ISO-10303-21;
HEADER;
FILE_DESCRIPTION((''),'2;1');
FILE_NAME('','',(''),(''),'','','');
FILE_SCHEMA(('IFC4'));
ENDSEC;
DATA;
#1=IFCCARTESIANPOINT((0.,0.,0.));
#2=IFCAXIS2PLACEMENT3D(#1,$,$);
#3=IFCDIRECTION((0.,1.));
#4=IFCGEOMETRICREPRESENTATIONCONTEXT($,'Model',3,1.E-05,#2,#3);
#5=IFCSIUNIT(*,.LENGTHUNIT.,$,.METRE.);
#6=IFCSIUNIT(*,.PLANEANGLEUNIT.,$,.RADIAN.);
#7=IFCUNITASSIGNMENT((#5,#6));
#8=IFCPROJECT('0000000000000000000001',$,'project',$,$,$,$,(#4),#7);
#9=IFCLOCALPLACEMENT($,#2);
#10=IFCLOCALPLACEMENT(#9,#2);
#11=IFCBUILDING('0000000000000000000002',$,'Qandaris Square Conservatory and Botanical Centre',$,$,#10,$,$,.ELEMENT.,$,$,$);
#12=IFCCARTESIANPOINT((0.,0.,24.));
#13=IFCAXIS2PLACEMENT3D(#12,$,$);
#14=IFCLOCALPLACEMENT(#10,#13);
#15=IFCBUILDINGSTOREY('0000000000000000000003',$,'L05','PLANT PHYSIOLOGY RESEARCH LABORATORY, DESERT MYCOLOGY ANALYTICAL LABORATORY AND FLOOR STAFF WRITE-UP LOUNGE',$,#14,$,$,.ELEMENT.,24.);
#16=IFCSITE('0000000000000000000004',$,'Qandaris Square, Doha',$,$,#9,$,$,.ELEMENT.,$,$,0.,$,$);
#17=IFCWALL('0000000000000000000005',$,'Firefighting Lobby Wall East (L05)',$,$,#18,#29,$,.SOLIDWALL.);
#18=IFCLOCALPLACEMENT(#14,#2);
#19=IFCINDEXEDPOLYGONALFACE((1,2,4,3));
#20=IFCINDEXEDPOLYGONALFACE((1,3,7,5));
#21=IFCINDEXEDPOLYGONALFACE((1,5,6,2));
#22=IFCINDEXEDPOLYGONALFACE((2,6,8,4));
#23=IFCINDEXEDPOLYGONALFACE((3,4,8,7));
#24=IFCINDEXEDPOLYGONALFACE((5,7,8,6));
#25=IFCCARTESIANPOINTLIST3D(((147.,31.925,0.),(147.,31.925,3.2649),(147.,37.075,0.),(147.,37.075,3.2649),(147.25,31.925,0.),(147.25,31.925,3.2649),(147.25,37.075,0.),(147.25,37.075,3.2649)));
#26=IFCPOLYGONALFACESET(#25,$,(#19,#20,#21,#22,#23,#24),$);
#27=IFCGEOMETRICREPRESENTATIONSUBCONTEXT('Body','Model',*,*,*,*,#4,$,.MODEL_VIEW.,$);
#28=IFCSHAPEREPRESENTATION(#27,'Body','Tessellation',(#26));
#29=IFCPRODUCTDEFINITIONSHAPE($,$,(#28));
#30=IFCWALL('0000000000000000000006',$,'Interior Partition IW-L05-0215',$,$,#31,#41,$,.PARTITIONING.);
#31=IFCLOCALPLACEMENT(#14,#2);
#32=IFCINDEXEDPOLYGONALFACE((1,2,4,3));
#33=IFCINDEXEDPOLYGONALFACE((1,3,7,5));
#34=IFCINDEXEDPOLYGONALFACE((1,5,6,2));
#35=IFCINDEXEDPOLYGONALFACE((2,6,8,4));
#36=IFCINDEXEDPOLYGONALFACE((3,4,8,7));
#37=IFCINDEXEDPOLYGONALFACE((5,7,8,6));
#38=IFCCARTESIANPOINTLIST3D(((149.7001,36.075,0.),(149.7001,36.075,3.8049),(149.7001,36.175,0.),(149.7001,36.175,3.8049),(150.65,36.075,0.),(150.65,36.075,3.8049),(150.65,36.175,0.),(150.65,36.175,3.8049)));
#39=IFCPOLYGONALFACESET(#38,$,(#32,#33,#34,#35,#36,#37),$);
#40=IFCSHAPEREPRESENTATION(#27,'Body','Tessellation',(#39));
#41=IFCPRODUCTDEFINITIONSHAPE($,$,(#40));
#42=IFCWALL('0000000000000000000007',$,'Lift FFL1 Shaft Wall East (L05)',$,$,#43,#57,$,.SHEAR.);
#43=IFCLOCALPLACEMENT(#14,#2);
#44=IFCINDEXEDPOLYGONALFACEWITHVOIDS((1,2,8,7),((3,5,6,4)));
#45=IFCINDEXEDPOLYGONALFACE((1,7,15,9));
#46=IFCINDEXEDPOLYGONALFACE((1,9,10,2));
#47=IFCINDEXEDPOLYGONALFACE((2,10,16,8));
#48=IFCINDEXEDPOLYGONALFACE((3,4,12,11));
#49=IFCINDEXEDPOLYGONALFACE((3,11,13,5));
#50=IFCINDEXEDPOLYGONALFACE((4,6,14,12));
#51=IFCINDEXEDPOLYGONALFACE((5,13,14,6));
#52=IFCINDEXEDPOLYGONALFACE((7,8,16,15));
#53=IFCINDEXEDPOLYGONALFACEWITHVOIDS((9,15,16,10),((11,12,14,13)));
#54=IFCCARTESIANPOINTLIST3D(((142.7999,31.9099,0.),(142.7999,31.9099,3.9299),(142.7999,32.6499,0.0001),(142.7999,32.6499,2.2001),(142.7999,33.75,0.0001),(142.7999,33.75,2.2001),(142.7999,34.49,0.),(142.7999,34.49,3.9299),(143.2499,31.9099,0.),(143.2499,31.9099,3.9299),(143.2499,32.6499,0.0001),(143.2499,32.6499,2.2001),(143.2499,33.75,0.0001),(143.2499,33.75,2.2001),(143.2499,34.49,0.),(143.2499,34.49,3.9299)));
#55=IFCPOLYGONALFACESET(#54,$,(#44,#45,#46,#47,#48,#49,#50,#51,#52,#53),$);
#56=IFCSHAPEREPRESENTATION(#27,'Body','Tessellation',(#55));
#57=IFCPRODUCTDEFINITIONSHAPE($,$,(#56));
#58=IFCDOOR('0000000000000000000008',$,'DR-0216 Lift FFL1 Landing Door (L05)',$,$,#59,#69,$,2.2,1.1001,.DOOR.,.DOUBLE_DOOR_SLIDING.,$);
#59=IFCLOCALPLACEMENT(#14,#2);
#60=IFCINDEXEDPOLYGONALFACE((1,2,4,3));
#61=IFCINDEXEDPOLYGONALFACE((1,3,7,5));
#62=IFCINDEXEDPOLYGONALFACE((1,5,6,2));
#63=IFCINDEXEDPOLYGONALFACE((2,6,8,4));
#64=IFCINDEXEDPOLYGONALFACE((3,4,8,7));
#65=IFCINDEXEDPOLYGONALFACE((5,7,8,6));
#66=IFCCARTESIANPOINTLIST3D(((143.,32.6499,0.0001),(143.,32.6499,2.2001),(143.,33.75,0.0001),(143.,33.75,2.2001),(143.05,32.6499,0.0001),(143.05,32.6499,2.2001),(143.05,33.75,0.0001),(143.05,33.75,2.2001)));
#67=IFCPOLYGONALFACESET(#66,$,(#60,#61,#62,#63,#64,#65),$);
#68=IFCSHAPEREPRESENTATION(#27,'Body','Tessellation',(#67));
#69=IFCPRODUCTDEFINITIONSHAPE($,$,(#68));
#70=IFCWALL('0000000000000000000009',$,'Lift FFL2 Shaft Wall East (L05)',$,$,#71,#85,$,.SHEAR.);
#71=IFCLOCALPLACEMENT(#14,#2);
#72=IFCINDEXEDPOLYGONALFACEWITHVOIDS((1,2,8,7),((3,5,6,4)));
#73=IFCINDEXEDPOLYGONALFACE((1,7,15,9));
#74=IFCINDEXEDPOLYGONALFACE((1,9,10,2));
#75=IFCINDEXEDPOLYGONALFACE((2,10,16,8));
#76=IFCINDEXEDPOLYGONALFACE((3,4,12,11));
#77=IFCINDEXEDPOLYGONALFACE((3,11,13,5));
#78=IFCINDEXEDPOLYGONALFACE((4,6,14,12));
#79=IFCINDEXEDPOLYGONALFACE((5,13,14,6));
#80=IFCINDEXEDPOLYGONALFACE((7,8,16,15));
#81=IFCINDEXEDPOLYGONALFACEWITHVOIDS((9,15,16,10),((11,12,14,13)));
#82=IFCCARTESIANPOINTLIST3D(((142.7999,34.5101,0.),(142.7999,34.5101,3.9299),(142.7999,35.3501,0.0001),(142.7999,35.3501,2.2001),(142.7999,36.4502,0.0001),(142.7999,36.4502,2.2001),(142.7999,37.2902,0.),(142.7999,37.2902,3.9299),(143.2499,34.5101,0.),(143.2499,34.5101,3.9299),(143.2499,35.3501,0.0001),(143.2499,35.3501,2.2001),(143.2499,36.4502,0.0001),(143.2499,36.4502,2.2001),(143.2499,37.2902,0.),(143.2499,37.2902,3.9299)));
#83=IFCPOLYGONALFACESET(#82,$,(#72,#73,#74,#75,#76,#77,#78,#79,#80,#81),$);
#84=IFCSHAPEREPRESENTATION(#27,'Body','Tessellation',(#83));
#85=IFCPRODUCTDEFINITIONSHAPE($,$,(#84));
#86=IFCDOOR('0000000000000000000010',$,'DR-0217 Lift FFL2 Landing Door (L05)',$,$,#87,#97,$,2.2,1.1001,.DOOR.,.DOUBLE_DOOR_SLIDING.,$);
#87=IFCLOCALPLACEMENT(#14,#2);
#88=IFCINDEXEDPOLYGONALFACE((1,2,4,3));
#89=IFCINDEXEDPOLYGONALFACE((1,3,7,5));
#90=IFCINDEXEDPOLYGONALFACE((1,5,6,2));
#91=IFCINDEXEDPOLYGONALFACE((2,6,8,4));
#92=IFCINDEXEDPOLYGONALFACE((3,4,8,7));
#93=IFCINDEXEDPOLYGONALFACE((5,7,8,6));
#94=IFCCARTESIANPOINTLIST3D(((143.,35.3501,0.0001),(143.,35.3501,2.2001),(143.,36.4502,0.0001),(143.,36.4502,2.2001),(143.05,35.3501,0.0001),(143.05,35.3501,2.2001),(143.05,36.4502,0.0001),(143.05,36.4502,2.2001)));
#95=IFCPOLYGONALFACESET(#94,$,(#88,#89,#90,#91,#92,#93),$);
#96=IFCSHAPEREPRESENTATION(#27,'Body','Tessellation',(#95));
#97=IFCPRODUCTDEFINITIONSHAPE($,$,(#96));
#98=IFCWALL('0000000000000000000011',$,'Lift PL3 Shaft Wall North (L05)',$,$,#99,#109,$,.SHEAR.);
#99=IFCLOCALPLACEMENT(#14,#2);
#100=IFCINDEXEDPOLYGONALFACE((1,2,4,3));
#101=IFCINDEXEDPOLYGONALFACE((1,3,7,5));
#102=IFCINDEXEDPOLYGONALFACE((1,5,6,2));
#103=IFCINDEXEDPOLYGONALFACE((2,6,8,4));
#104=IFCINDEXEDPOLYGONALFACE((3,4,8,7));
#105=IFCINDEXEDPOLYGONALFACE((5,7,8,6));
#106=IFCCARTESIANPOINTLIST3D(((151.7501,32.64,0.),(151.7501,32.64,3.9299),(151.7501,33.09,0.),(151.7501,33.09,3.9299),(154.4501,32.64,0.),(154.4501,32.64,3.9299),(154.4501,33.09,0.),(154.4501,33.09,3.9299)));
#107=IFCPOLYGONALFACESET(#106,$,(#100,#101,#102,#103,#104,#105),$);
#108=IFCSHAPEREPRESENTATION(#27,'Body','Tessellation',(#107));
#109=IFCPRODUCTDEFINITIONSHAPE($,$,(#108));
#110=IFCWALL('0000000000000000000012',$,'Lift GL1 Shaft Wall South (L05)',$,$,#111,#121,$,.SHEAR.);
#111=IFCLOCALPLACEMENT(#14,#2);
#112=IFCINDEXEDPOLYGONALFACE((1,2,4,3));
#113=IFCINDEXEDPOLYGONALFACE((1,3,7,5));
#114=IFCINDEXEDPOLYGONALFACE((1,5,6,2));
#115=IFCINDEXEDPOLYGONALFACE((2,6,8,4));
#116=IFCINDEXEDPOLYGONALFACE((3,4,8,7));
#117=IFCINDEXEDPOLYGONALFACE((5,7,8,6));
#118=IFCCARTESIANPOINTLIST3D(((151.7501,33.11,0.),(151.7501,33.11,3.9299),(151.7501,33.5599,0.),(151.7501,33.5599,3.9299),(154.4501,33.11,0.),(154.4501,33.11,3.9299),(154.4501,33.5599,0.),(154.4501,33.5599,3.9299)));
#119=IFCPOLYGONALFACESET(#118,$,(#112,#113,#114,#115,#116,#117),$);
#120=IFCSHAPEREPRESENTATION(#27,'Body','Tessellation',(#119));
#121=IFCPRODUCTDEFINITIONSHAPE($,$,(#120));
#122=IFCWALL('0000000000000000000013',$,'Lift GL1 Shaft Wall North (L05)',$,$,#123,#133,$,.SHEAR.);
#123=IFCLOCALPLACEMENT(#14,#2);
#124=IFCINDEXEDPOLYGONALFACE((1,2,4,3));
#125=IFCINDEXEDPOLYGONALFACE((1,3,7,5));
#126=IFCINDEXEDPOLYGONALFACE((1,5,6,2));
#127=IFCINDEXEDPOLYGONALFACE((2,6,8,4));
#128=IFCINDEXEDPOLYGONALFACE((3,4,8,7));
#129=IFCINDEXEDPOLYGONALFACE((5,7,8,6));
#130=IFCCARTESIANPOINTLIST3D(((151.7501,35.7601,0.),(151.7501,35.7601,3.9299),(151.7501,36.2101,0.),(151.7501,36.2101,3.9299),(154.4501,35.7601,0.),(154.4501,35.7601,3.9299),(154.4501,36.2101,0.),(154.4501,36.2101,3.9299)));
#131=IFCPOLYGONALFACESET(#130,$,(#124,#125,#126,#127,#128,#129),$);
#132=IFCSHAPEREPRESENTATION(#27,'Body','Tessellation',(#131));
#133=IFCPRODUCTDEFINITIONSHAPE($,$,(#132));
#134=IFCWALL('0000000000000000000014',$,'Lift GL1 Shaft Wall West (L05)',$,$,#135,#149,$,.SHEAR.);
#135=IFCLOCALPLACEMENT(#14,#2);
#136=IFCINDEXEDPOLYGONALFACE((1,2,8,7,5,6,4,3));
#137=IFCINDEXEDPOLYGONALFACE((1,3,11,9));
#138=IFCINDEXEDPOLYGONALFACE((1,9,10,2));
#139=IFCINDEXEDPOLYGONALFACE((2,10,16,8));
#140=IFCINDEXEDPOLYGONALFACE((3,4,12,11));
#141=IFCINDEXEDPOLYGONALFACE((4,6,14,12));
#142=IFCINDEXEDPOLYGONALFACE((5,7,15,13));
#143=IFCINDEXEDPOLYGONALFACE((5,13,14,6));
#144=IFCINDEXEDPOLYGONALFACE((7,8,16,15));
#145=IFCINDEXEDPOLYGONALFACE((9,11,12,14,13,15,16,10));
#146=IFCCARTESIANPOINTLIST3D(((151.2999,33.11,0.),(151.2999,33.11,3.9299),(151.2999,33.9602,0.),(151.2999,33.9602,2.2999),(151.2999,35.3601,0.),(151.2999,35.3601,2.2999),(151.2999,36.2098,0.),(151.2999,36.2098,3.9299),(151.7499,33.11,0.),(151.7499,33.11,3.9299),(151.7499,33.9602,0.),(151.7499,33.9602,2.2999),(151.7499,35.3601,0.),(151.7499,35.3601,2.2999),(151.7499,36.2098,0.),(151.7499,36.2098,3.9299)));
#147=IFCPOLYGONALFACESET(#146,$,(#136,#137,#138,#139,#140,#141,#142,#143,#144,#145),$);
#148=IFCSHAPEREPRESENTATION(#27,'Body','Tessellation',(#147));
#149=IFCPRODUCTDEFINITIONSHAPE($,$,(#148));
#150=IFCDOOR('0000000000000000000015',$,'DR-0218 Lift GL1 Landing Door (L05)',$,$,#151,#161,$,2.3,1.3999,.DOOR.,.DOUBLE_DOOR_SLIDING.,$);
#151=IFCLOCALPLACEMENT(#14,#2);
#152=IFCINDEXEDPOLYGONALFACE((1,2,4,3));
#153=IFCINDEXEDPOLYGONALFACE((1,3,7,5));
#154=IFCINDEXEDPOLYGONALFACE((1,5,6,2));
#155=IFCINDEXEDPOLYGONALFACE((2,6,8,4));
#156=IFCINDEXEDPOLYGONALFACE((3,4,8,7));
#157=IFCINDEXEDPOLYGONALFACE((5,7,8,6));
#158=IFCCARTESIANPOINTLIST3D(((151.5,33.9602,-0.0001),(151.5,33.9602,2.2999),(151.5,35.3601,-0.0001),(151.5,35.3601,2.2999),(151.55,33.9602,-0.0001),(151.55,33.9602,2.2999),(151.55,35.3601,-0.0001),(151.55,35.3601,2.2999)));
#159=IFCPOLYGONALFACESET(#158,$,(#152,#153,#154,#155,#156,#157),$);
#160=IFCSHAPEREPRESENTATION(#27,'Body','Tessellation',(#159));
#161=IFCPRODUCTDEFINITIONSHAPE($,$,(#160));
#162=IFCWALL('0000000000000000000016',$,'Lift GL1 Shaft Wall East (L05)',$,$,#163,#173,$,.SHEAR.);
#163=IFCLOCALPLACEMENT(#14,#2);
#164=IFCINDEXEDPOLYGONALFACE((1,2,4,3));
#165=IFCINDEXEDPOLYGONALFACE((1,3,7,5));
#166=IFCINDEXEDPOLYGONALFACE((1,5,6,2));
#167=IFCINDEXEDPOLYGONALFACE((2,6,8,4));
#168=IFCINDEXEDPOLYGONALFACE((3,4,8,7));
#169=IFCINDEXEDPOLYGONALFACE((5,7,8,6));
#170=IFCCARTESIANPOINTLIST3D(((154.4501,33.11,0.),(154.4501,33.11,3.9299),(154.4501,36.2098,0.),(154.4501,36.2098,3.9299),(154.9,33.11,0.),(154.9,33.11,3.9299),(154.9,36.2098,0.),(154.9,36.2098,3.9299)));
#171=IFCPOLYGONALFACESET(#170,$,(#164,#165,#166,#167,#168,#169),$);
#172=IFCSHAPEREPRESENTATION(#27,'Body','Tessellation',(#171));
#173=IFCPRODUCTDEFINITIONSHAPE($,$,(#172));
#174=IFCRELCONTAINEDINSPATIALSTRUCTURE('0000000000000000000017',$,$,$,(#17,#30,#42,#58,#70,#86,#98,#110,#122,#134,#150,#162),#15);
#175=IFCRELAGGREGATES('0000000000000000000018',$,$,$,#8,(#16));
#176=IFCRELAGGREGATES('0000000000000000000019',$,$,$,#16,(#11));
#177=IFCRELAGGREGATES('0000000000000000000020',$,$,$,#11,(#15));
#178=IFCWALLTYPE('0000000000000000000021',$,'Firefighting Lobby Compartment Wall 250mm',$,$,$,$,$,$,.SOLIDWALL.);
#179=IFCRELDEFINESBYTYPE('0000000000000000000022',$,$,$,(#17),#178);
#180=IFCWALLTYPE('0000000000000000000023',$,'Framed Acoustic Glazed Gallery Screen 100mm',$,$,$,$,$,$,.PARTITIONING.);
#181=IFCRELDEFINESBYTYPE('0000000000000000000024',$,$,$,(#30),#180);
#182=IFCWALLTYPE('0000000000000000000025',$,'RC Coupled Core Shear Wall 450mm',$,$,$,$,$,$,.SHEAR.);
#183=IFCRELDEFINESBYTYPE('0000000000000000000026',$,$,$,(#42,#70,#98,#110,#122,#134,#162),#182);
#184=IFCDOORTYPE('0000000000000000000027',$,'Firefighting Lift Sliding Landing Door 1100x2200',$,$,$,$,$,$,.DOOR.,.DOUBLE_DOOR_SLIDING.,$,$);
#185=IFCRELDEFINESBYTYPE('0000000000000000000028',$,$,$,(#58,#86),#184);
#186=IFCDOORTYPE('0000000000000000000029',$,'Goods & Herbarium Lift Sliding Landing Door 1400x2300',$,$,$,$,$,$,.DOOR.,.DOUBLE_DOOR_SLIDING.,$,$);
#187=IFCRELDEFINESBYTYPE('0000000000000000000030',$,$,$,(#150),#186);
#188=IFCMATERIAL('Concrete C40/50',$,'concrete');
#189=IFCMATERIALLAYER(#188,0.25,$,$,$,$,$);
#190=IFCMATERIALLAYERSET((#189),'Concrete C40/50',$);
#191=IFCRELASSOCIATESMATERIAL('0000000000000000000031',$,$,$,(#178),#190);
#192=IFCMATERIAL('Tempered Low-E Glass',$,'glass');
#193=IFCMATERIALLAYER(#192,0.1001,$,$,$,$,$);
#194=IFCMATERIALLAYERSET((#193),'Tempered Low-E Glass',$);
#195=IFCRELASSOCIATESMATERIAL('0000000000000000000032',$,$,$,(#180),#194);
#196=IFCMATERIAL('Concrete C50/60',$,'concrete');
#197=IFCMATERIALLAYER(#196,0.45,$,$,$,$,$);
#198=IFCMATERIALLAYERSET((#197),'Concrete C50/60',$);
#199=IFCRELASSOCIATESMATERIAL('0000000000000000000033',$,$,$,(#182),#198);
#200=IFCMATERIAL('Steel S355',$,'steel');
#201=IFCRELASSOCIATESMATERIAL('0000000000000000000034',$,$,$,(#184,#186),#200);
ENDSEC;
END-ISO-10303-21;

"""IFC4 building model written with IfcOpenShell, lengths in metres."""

from ifc_helpers import new_model, si_unit, direction, frame, frame_2d, origin, place, context, subcontext, project, spatial, rectangle, extrude, material, layer, layer_set, type_object, element, fill, save


model = new_model("IFC4")

# Units and contexts
model_context = context("Model", 3, precision=1e-05, world=origin(), true_north=direction((0.0, 1.0)))
body_context = subcontext(model_context, "Body", "Model", "MODEL_VIEW")
ifc_project = project(units=[si_unit("LENGTHUNIT", "METRE"), si_unit("PLANEANGLEUNIT", "RADIAN")], contexts=[model_context])

# Site, building, storey
site_placement = place(None, origin())
site = spatial("IfcSite", under=ifc_project, at=site_placement, Name="Qandaris Square, Doha", CompositionType="ELEMENT", RefElevation=0.0)
building_placement = place(site_placement, origin())
building = spatial("IfcBuilding", under=site, at=building_placement, Name="Qandaris Square Conservatory and Botanical Centre", CompositionType="ELEMENT")
storey_placement = place(building_placement, frame((0.0, 0.0, 24.0)))
storey = spatial("IfcBuildingStorey", under=building, at=storey_placement, Name="L05", Description="PLANT PHYSIOLOGY RESEARCH LABORATORY, DESERT MYCOLOGY ANALYTICAL LABORATORY AND FLOOR STAFF WRITE-UP LOUNGE", CompositionType="ELEMENT", Elevation=24.0)

# Shared definitions
ifc_material_1 = material(Name="Concrete C50/60", Category="concrete")

# Shared definitions
ifc_material_2 = material(Name="Steel S355", Category="steel")

# Shared definitions
ifc_material_3 = material(Name="Concrete C40/50", Category="concrete")
ifc_layer_1 = layer(ifc_material_3, 0.25)
ifc_layer_set_1 = layer_set([ifc_layer_1], Name="Concrete C40/50")
wall_type_1 = type_object("IfcWallType", Name="Firefighting Lobby Compartment Wall 250mm", PredefinedType="SOLIDWALL", material=ifc_layer_set_1)

# Walls
wall_1_placement = place(storey_placement, frame((147.125, 31.925, 0.0), z_axis=(0.0, 0.0, 1.0), x_axis=(0.0, 1.0, 0.0)))
element("IfcWall", 1, at=wall_1_placement, inside=storey, type_object=wall_type_1, Name="Firefighting Lobby Wall East (L05)", PredefinedType="SOLIDWALL", context=body_context, shape_type="SweptSolid", body=[
    extrude(rectangle(XDim=5.1499, YDim=0.25, at=frame_2d((2.575, 0.0))), origin(), (0.0, 0.0, 1.0), 3.2649),
])
ifc_material_4 = material(Name="Tempered Low-E Glass", Category="glass")
ifc_layer_2 = layer(ifc_material_4, 0.1001)
ifc_layer_set_2 = layer_set([ifc_layer_2], Name="Tempered Low-E Glass")
wall_type_2 = type_object("IfcWallType", Name="Framed Acoustic Glazed Gallery Screen 100mm", PredefinedType="PARTITIONING", material=ifc_layer_set_2)
wall_2_placement = place(storey_placement, frame((149.7, 36.125, 0.0), z_axis=(0.0, 0.0, 1.0), x_axis=(1.0, 0.0, 0.0)))
element("IfcWall", 2, at=wall_2_placement, inside=storey, type_object=wall_type_2, Name="Interior Partition IW-L05-0215", PredefinedType="PARTITIONING", context=body_context, shape_type="SweptSolid", body=[
    extrude(rectangle(XDim=0.95, YDim=0.1001, at=frame_2d((0.4751, 0.0))), origin(), (0.0, 0.0, 1.0), 3.8049),
])

# Walls, openings, doors
ifc_layer_3 = layer(ifc_material_1, 0.45)
ifc_layer_set_3 = layer_set([ifc_layer_3], Name="Concrete C50/60")
wall_type_3 = type_object("IfcWallType", Name="RC Coupled Core Shear Wall 450mm", PredefinedType="SHEAR", material=ifc_layer_set_3)
wall_3_placement = place(storey_placement, frame((143.0249, 31.9099, 0.0), z_axis=(0.0, 0.0, 1.0), x_axis=(0.0, 1.0, 0.0)))
wall_3 = element("IfcWall", 3, at=wall_3_placement, inside=storey, type_object=wall_type_3, Name="Lift FFL1 Shaft Wall East (L05)", PredefinedType="SHEAR", context=body_context, shape_type="SweptSolid", body=[
    extrude(rectangle(XDim=2.5801, YDim=0.45, at=frame_2d((1.29, 0.0))), origin(), (0.0, 0.0, 1.0), 3.9299),
])
opening_1_placement = place(wall_3_placement, frame((0.74, 0.0, 0.0)))
opening_1 = element("IfcOpeningElement", 4, at=opening_1_placement, cuts=wall_3, PredefinedType="OPENING", context=body_context, shape_type="SweptSolid", body=[
    extrude(rectangle(XDim=1.1001, YDim=2.2, at=frame_2d((0.55, 1.1001))), frame((0.0, 0.2368, 0.0), z_axis=(0.0, -1.0, 0.0), x_axis=(1.0, 0.0, 0.0)), (0.0, 0.0, 1.0), 0.4739),
])
door_type_1 = type_object("IfcDoorType", Name="Firefighting Lift Sliding Landing Door 1100x2200", OperationType="DOUBLE_DOOR_SLIDING", PredefinedType="DOOR", material=ifc_material_2)
door_1_placement = place(opening_1_placement, origin())
door_1 = element("IfcDoor", 5, at=door_1_placement, inside=storey, type_object=door_type_1, Name="DR-0216 Lift FFL1 Landing Door (L05)", OperationType="DOUBLE_DOOR_SLIDING", OverallHeight=2.2, OverallWidth=1.1001, PredefinedType="DOOR", context=body_context, shape_type="SweptSolid", body=[
    extrude(rectangle(XDim=1.1001, YDim=2.2, at=frame_2d((0.55, 1.1001))), frame((0.0, 0.0249, 0.0), z_axis=(0.0, -1.0, 0.0), x_axis=(1.0, 0.0, 0.0)), (0.0, 0.0, 1.0), 0.05),
])
fill(opening_1, door_1)
wall_4_placement = place(storey_placement, frame((143.0249, 34.51, 0.0), z_axis=(0.0, 0.0, 1.0), x_axis=(0.0, 1.0, 0.0)))
wall_4 = element("IfcWall", 6, at=wall_4_placement, inside=storey, type_object=wall_type_3, Name="Lift FFL2 Shaft Wall East (L05)", PredefinedType="SHEAR", context=body_context, shape_type="SweptSolid", body=[
    extrude(rectangle(XDim=2.78, YDim=0.45, at=frame_2d((1.3901, 0.0))), origin(), (0.0, 0.0, 1.0), 3.9299),
])
opening_2_placement = place(wall_4_placement, frame((0.8401, 0.0, 0.0)))
opening_2 = element("IfcOpeningElement", 7, at=opening_2_placement, cuts=wall_4, PredefinedType="OPENING", context=body_context, shape_type="SweptSolid", body=[
    extrude(rectangle(XDim=1.1001, YDim=2.2, at=frame_2d((0.55, 1.1001))), frame((0.0, 0.2368, 0.0), z_axis=(0.0, -1.0, 0.0), x_axis=(1.0, 0.0, 0.0)), (0.0, 0.0, 1.0), 0.4739),
])
door_2_placement = place(opening_2_placement, origin())
door_2 = element("IfcDoor", 8, at=door_2_placement, inside=storey, type_object=door_type_1, Name="DR-0217 Lift FFL2 Landing Door (L05)", OperationType="DOUBLE_DOOR_SLIDING", OverallHeight=2.2, OverallWidth=1.1001, PredefinedType="DOOR", context=body_context, shape_type="SweptSolid", body=[
    extrude(rectangle(XDim=1.1001, YDim=2.2, at=frame_2d((0.55, 1.1001))), frame((0.0, 0.0249, 0.0), z_axis=(0.0, -1.0, 0.0), x_axis=(1.0, 0.0, 0.0)), (0.0, 0.0, 1.0), 0.05),
])
fill(opening_2, door_2)

# Walls
for number, where, z_axis, x_axis, name in (
    (9, (151.75, 32.865, 0.0), (0.0, 0.0, 1.0), (1.0, 0.0, 0.0), "Lift PL3 Shaft Wall North (L05)"),
    (10, (151.75, 33.335, 0.0), (0.0, 0.0, 1.0), (1.0, 0.0, 0.0), "Lift GL1 Shaft Wall South (L05)"),
    (11, (151.75, 35.9851, 0.0), (0.0, 0.0, 1.0), (1.0, 0.0, 0.0), "Lift GL1 Shaft Wall North (L05)"),
):
    element("IfcWall", number, at=place(storey_placement, frame(where, z_axis=z_axis, x_axis=x_axis)), inside=storey, type_object=wall_type_3, Name=name, PredefinedType="SHEAR", context=body_context, shape_type="SweptSolid", body=[
        extrude(rectangle(XDim=2.7, YDim=0.45, at=frame_2d((1.3501, 0.0))), origin(), (0.0, 0.0, 1.0), 3.9299),
    ])

# Wall, opening, door
wall_5_placement = place(storey_placement, frame((151.5249, 33.1101, 0.0), z_axis=(0.0, 0.0, 1.0), x_axis=(0.0, 1.0, 0.0)))
wall_5 = element("IfcWall", 12, at=wall_5_placement, inside=storey, type_object=wall_type_3, Name="Lift GL1 Shaft Wall West (L05)", PredefinedType="SHEAR", context=body_context, shape_type="SweptSolid", body=[
    extrude(rectangle(XDim=3.0999, YDim=0.45, at=frame_2d((1.5498, 0.0))), origin(), (0.0, 0.0, 1.0), 3.9299),
])
opening_3_placement = place(wall_5_placement, frame((0.8501, 0.0, 0.0)))
opening_3 = element("IfcOpeningElement", 13, at=opening_3_placement, cuts=wall_5, PredefinedType="OPENING", context=body_context, shape_type="SweptSolid", body=[
    extrude(rectangle(XDim=1.3999, YDim=2.3, at=frame_2d((0.7, 1.1499))), frame((0.0, 0.2368, 0.0), z_axis=(0.0, -1.0, 0.0), x_axis=(1.0, 0.0, 0.0)), (0.0, 0.0, 1.0), 0.4739),
])
door_type_2 = type_object("IfcDoorType", Name="Goods & Herbarium Lift Sliding Landing Door 1400x2300", OperationType="DOUBLE_DOOR_SLIDING", PredefinedType="DOOR", material=ifc_material_2)
door_3_placement = place(opening_3_placement, origin())
door_3 = element("IfcDoor", 14, at=door_3_placement, inside=storey, type_object=door_type_2, Name="DR-0218 Lift GL1 Landing Door (L05)", OperationType="DOUBLE_DOOR_SLIDING", OverallHeight=2.3, OverallWidth=1.3999, PredefinedType="DOOR", context=body_context, shape_type="SweptSolid", body=[
    extrude(rectangle(XDim=1.3999, YDim=2.3, at=frame_2d((0.7, 1.1499))), frame((0.0, 0.0249, 0.0), z_axis=(0.0, -1.0, 0.0), x_axis=(1.0, 0.0, 0.0)), (0.0, 0.0, 1.0), 0.05),
])
fill(opening_3, door_3)

# Wall
wall_6_placement = place(storey_placement, frame((154.675, 33.1101, 0.0), z_axis=(0.0, 0.0, 1.0), x_axis=(0.0, 1.0, 0.0)))
element("IfcWall", 15, at=wall_6_placement, inside=storey, type_object=wall_type_3, Name="Lift GL1 Shaft Wall East (L05)", PredefinedType="SHEAR", context=body_context, shape_type="SweptSolid", body=[
    extrude(rectangle(XDim=3.0999, YDim=0.45, at=frame_2d((1.5498, 0.0))), origin(), (0.0, 0.0, 1.0), 3.9299),
])

save(model, "model.ifc")
